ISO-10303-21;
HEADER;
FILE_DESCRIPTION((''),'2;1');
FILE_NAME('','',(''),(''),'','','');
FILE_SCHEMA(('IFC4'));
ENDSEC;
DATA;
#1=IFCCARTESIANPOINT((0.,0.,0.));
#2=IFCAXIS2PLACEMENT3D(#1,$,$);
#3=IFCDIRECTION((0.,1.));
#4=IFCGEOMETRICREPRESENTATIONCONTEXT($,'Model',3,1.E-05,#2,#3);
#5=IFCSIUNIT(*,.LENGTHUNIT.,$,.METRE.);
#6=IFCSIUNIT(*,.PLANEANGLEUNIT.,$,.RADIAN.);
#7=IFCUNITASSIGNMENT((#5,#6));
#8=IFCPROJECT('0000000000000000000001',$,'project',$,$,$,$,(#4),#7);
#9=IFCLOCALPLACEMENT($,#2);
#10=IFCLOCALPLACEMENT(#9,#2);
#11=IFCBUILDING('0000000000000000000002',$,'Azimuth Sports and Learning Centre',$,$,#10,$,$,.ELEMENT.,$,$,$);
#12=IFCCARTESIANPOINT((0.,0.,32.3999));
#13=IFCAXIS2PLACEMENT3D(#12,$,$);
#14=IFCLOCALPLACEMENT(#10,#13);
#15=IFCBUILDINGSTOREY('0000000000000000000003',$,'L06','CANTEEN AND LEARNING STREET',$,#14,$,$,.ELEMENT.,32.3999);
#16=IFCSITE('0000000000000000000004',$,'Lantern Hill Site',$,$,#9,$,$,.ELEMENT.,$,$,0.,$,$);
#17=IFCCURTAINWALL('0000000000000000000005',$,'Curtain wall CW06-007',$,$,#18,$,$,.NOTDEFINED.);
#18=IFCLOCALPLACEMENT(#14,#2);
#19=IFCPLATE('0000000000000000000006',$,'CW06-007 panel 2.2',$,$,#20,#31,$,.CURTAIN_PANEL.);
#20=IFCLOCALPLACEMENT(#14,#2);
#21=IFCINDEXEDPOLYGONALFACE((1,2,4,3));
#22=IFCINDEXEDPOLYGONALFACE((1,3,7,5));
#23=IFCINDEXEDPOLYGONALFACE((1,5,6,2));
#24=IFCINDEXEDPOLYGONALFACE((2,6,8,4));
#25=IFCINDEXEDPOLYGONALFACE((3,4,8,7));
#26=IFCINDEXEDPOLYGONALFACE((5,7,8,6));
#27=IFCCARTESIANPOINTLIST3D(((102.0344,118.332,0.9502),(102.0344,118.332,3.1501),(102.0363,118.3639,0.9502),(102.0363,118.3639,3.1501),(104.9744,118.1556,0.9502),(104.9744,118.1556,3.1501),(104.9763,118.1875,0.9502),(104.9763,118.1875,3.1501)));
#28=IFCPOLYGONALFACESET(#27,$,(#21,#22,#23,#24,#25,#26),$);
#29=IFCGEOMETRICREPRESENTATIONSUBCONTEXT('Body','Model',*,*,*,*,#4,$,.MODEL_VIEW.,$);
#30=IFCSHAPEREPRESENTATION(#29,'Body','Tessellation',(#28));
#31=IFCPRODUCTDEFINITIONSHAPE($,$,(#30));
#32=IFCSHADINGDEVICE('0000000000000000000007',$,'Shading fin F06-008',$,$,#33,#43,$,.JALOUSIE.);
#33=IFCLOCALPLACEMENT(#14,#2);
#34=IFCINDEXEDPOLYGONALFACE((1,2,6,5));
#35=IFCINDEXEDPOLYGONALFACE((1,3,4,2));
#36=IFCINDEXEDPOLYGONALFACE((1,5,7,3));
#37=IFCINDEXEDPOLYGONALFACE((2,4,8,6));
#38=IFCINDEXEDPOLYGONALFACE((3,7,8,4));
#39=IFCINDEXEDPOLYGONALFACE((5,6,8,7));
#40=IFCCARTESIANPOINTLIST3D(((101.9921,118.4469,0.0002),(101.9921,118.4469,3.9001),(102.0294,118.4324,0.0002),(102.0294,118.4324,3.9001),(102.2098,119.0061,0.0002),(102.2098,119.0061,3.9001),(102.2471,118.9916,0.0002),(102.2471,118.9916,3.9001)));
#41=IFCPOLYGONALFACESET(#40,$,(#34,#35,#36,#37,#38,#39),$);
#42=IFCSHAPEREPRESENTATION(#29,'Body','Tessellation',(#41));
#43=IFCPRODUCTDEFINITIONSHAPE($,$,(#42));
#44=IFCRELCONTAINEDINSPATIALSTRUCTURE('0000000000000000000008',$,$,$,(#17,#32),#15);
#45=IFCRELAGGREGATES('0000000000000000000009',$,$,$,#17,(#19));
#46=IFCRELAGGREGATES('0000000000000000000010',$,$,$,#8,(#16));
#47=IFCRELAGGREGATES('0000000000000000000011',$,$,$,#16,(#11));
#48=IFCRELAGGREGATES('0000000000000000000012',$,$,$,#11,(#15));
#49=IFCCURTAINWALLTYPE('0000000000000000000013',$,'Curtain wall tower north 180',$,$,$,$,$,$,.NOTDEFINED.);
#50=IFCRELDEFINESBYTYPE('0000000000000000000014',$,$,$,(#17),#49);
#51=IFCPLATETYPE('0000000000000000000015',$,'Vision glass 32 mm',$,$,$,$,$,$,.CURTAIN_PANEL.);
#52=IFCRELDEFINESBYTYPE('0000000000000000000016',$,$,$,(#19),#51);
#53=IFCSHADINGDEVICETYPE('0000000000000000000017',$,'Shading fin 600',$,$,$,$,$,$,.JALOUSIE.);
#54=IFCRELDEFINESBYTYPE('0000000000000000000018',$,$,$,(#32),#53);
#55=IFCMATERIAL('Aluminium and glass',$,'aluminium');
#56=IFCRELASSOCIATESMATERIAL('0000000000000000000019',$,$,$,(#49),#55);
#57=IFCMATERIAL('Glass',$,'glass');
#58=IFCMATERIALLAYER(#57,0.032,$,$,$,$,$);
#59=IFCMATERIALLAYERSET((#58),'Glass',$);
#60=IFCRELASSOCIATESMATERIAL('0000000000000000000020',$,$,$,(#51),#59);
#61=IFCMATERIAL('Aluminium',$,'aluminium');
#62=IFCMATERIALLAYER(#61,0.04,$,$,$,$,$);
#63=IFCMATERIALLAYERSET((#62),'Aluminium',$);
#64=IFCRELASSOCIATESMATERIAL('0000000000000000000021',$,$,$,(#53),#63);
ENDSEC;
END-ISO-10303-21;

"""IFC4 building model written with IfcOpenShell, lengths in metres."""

from ifc_helpers import new_model, si_unit, direction, frame, origin, origin_2d, place, context, subcontext, project, spatial, rectangle, extrude, material, layer, layer_set, type_object, element, aggregate, save


model = new_model("IFC4")

# Units and contexts
model_context = context("Model", 3, precision=1e-05, world=origin(), true_north=direction((0.0, 1.0)))
body_context = subcontext(model_context, "Body", "Model", "MODEL_VIEW")
ifc_project = project(units=[si_unit("LENGTHUNIT", "METRE"), si_unit("PLANEANGLEUNIT", "RADIAN")], contexts=[model_context])

# Site, building, storey
site_placement = place(None, origin())
site = spatial("IfcSite", under=ifc_project, at=site_placement, Name="Lantern Hill Site", CompositionType="ELEMENT", RefElevation=0.0)
building_placement = place(site_placement, origin())
building = spatial("IfcBuilding", under=site, at=building_placement, Name="Azimuth Sports and Learning Centre", CompositionType="ELEMENT")
storey_placement = place(building_placement, frame((0.0, 0.0, 32.3999)))
storey = spatial("IfcBuildingStorey", under=building, at=storey_placement, Name="L06", Description="CANTEEN AND LEARNING STREET", CompositionType="ELEMENT", Elevation=32.3999)

# Curtain wall, plate
ifc_material_1 = material(Name="Aluminium and glass", Category="aluminium")
curtain_wall_type = type_object("IfcCurtainWallType", Name="Curtain wall tower north 180", PredefinedType="NOTDEFINED", material=ifc_material_1)
curtain_wall_placement = place(storey_placement, origin())
curtain_wall = element("IfcCurtainWall", 1, at=curtain_wall_placement, inside=storey, type_object=curtain_wall_type, Name="Curtain wall CW06-007", PredefinedType="NOTDEFINED")
ifc_material_2 = material(Name="Glass", Category="glass")
ifc_layer_1 = layer(ifc_material_2, 0.032)
ifc_layer_set_1 = layer_set([ifc_layer_1], Name="Glass")
plate_type_1 = type_object("IfcPlateType", Name="Vision glass 32 mm", PredefinedType="CURTAIN_PANEL", material=ifc_layer_set_1)
plate_1_placement = place(storey_placement, frame((103.5054, 118.2598, 0.9502), z_axis=(0.0, 0.0, 1.0), x_axis=(-0.998205, 0.059892, 0.0)))
plate_1 = element("IfcPlate", 2, at=plate_1_placement, type_object=plate_type_1, Name="CW06-007 panel 2.2", PredefinedType="CURTAIN_PANEL", context=body_context, shape_type="SweptSolid", body=[
    extrude(rectangle(XDim=2.9453, YDim=0.032, at=origin_2d()), origin(), (0.0, 0.0, 1.0), 2.2),
])
aggregate(curtain_wall, [plate_1])

# Shading device
ifc_material_3 = material(Name="Aluminium", Category="aluminium")
ifc_layer_2 = layer(ifc_material_3, 0.04)
ifc_layer_set_2 = layer_set([ifc_layer_2], Name="Aluminium")
shading_device_type = type_object("IfcShadingDeviceType", Name="Shading fin 600", PredefinedType="JALOUSIE", material=ifc_layer_set_2)
shading_device_placement = place(storey_placement, frame((102.1196, 118.7192, 0.0002), z_axis=(0.0, 0.0, 1.0), x_axis=(0.362749, 0.931887, 0.0)))
element("IfcShadingDevice", 3, at=shading_device_placement, inside=storey, type_object=shading_device_type, Name="Shading fin F06-008", PredefinedType="JALOUSIE", context=body_context, shape_type="SweptSolid", body=[
    extrude(rectangle(XDim=0.6001, YDim=0.04, at=origin_2d()), origin(), (0.0, 0.0, 1.0), 3.8999),
])

save(model, "model.ifc")
